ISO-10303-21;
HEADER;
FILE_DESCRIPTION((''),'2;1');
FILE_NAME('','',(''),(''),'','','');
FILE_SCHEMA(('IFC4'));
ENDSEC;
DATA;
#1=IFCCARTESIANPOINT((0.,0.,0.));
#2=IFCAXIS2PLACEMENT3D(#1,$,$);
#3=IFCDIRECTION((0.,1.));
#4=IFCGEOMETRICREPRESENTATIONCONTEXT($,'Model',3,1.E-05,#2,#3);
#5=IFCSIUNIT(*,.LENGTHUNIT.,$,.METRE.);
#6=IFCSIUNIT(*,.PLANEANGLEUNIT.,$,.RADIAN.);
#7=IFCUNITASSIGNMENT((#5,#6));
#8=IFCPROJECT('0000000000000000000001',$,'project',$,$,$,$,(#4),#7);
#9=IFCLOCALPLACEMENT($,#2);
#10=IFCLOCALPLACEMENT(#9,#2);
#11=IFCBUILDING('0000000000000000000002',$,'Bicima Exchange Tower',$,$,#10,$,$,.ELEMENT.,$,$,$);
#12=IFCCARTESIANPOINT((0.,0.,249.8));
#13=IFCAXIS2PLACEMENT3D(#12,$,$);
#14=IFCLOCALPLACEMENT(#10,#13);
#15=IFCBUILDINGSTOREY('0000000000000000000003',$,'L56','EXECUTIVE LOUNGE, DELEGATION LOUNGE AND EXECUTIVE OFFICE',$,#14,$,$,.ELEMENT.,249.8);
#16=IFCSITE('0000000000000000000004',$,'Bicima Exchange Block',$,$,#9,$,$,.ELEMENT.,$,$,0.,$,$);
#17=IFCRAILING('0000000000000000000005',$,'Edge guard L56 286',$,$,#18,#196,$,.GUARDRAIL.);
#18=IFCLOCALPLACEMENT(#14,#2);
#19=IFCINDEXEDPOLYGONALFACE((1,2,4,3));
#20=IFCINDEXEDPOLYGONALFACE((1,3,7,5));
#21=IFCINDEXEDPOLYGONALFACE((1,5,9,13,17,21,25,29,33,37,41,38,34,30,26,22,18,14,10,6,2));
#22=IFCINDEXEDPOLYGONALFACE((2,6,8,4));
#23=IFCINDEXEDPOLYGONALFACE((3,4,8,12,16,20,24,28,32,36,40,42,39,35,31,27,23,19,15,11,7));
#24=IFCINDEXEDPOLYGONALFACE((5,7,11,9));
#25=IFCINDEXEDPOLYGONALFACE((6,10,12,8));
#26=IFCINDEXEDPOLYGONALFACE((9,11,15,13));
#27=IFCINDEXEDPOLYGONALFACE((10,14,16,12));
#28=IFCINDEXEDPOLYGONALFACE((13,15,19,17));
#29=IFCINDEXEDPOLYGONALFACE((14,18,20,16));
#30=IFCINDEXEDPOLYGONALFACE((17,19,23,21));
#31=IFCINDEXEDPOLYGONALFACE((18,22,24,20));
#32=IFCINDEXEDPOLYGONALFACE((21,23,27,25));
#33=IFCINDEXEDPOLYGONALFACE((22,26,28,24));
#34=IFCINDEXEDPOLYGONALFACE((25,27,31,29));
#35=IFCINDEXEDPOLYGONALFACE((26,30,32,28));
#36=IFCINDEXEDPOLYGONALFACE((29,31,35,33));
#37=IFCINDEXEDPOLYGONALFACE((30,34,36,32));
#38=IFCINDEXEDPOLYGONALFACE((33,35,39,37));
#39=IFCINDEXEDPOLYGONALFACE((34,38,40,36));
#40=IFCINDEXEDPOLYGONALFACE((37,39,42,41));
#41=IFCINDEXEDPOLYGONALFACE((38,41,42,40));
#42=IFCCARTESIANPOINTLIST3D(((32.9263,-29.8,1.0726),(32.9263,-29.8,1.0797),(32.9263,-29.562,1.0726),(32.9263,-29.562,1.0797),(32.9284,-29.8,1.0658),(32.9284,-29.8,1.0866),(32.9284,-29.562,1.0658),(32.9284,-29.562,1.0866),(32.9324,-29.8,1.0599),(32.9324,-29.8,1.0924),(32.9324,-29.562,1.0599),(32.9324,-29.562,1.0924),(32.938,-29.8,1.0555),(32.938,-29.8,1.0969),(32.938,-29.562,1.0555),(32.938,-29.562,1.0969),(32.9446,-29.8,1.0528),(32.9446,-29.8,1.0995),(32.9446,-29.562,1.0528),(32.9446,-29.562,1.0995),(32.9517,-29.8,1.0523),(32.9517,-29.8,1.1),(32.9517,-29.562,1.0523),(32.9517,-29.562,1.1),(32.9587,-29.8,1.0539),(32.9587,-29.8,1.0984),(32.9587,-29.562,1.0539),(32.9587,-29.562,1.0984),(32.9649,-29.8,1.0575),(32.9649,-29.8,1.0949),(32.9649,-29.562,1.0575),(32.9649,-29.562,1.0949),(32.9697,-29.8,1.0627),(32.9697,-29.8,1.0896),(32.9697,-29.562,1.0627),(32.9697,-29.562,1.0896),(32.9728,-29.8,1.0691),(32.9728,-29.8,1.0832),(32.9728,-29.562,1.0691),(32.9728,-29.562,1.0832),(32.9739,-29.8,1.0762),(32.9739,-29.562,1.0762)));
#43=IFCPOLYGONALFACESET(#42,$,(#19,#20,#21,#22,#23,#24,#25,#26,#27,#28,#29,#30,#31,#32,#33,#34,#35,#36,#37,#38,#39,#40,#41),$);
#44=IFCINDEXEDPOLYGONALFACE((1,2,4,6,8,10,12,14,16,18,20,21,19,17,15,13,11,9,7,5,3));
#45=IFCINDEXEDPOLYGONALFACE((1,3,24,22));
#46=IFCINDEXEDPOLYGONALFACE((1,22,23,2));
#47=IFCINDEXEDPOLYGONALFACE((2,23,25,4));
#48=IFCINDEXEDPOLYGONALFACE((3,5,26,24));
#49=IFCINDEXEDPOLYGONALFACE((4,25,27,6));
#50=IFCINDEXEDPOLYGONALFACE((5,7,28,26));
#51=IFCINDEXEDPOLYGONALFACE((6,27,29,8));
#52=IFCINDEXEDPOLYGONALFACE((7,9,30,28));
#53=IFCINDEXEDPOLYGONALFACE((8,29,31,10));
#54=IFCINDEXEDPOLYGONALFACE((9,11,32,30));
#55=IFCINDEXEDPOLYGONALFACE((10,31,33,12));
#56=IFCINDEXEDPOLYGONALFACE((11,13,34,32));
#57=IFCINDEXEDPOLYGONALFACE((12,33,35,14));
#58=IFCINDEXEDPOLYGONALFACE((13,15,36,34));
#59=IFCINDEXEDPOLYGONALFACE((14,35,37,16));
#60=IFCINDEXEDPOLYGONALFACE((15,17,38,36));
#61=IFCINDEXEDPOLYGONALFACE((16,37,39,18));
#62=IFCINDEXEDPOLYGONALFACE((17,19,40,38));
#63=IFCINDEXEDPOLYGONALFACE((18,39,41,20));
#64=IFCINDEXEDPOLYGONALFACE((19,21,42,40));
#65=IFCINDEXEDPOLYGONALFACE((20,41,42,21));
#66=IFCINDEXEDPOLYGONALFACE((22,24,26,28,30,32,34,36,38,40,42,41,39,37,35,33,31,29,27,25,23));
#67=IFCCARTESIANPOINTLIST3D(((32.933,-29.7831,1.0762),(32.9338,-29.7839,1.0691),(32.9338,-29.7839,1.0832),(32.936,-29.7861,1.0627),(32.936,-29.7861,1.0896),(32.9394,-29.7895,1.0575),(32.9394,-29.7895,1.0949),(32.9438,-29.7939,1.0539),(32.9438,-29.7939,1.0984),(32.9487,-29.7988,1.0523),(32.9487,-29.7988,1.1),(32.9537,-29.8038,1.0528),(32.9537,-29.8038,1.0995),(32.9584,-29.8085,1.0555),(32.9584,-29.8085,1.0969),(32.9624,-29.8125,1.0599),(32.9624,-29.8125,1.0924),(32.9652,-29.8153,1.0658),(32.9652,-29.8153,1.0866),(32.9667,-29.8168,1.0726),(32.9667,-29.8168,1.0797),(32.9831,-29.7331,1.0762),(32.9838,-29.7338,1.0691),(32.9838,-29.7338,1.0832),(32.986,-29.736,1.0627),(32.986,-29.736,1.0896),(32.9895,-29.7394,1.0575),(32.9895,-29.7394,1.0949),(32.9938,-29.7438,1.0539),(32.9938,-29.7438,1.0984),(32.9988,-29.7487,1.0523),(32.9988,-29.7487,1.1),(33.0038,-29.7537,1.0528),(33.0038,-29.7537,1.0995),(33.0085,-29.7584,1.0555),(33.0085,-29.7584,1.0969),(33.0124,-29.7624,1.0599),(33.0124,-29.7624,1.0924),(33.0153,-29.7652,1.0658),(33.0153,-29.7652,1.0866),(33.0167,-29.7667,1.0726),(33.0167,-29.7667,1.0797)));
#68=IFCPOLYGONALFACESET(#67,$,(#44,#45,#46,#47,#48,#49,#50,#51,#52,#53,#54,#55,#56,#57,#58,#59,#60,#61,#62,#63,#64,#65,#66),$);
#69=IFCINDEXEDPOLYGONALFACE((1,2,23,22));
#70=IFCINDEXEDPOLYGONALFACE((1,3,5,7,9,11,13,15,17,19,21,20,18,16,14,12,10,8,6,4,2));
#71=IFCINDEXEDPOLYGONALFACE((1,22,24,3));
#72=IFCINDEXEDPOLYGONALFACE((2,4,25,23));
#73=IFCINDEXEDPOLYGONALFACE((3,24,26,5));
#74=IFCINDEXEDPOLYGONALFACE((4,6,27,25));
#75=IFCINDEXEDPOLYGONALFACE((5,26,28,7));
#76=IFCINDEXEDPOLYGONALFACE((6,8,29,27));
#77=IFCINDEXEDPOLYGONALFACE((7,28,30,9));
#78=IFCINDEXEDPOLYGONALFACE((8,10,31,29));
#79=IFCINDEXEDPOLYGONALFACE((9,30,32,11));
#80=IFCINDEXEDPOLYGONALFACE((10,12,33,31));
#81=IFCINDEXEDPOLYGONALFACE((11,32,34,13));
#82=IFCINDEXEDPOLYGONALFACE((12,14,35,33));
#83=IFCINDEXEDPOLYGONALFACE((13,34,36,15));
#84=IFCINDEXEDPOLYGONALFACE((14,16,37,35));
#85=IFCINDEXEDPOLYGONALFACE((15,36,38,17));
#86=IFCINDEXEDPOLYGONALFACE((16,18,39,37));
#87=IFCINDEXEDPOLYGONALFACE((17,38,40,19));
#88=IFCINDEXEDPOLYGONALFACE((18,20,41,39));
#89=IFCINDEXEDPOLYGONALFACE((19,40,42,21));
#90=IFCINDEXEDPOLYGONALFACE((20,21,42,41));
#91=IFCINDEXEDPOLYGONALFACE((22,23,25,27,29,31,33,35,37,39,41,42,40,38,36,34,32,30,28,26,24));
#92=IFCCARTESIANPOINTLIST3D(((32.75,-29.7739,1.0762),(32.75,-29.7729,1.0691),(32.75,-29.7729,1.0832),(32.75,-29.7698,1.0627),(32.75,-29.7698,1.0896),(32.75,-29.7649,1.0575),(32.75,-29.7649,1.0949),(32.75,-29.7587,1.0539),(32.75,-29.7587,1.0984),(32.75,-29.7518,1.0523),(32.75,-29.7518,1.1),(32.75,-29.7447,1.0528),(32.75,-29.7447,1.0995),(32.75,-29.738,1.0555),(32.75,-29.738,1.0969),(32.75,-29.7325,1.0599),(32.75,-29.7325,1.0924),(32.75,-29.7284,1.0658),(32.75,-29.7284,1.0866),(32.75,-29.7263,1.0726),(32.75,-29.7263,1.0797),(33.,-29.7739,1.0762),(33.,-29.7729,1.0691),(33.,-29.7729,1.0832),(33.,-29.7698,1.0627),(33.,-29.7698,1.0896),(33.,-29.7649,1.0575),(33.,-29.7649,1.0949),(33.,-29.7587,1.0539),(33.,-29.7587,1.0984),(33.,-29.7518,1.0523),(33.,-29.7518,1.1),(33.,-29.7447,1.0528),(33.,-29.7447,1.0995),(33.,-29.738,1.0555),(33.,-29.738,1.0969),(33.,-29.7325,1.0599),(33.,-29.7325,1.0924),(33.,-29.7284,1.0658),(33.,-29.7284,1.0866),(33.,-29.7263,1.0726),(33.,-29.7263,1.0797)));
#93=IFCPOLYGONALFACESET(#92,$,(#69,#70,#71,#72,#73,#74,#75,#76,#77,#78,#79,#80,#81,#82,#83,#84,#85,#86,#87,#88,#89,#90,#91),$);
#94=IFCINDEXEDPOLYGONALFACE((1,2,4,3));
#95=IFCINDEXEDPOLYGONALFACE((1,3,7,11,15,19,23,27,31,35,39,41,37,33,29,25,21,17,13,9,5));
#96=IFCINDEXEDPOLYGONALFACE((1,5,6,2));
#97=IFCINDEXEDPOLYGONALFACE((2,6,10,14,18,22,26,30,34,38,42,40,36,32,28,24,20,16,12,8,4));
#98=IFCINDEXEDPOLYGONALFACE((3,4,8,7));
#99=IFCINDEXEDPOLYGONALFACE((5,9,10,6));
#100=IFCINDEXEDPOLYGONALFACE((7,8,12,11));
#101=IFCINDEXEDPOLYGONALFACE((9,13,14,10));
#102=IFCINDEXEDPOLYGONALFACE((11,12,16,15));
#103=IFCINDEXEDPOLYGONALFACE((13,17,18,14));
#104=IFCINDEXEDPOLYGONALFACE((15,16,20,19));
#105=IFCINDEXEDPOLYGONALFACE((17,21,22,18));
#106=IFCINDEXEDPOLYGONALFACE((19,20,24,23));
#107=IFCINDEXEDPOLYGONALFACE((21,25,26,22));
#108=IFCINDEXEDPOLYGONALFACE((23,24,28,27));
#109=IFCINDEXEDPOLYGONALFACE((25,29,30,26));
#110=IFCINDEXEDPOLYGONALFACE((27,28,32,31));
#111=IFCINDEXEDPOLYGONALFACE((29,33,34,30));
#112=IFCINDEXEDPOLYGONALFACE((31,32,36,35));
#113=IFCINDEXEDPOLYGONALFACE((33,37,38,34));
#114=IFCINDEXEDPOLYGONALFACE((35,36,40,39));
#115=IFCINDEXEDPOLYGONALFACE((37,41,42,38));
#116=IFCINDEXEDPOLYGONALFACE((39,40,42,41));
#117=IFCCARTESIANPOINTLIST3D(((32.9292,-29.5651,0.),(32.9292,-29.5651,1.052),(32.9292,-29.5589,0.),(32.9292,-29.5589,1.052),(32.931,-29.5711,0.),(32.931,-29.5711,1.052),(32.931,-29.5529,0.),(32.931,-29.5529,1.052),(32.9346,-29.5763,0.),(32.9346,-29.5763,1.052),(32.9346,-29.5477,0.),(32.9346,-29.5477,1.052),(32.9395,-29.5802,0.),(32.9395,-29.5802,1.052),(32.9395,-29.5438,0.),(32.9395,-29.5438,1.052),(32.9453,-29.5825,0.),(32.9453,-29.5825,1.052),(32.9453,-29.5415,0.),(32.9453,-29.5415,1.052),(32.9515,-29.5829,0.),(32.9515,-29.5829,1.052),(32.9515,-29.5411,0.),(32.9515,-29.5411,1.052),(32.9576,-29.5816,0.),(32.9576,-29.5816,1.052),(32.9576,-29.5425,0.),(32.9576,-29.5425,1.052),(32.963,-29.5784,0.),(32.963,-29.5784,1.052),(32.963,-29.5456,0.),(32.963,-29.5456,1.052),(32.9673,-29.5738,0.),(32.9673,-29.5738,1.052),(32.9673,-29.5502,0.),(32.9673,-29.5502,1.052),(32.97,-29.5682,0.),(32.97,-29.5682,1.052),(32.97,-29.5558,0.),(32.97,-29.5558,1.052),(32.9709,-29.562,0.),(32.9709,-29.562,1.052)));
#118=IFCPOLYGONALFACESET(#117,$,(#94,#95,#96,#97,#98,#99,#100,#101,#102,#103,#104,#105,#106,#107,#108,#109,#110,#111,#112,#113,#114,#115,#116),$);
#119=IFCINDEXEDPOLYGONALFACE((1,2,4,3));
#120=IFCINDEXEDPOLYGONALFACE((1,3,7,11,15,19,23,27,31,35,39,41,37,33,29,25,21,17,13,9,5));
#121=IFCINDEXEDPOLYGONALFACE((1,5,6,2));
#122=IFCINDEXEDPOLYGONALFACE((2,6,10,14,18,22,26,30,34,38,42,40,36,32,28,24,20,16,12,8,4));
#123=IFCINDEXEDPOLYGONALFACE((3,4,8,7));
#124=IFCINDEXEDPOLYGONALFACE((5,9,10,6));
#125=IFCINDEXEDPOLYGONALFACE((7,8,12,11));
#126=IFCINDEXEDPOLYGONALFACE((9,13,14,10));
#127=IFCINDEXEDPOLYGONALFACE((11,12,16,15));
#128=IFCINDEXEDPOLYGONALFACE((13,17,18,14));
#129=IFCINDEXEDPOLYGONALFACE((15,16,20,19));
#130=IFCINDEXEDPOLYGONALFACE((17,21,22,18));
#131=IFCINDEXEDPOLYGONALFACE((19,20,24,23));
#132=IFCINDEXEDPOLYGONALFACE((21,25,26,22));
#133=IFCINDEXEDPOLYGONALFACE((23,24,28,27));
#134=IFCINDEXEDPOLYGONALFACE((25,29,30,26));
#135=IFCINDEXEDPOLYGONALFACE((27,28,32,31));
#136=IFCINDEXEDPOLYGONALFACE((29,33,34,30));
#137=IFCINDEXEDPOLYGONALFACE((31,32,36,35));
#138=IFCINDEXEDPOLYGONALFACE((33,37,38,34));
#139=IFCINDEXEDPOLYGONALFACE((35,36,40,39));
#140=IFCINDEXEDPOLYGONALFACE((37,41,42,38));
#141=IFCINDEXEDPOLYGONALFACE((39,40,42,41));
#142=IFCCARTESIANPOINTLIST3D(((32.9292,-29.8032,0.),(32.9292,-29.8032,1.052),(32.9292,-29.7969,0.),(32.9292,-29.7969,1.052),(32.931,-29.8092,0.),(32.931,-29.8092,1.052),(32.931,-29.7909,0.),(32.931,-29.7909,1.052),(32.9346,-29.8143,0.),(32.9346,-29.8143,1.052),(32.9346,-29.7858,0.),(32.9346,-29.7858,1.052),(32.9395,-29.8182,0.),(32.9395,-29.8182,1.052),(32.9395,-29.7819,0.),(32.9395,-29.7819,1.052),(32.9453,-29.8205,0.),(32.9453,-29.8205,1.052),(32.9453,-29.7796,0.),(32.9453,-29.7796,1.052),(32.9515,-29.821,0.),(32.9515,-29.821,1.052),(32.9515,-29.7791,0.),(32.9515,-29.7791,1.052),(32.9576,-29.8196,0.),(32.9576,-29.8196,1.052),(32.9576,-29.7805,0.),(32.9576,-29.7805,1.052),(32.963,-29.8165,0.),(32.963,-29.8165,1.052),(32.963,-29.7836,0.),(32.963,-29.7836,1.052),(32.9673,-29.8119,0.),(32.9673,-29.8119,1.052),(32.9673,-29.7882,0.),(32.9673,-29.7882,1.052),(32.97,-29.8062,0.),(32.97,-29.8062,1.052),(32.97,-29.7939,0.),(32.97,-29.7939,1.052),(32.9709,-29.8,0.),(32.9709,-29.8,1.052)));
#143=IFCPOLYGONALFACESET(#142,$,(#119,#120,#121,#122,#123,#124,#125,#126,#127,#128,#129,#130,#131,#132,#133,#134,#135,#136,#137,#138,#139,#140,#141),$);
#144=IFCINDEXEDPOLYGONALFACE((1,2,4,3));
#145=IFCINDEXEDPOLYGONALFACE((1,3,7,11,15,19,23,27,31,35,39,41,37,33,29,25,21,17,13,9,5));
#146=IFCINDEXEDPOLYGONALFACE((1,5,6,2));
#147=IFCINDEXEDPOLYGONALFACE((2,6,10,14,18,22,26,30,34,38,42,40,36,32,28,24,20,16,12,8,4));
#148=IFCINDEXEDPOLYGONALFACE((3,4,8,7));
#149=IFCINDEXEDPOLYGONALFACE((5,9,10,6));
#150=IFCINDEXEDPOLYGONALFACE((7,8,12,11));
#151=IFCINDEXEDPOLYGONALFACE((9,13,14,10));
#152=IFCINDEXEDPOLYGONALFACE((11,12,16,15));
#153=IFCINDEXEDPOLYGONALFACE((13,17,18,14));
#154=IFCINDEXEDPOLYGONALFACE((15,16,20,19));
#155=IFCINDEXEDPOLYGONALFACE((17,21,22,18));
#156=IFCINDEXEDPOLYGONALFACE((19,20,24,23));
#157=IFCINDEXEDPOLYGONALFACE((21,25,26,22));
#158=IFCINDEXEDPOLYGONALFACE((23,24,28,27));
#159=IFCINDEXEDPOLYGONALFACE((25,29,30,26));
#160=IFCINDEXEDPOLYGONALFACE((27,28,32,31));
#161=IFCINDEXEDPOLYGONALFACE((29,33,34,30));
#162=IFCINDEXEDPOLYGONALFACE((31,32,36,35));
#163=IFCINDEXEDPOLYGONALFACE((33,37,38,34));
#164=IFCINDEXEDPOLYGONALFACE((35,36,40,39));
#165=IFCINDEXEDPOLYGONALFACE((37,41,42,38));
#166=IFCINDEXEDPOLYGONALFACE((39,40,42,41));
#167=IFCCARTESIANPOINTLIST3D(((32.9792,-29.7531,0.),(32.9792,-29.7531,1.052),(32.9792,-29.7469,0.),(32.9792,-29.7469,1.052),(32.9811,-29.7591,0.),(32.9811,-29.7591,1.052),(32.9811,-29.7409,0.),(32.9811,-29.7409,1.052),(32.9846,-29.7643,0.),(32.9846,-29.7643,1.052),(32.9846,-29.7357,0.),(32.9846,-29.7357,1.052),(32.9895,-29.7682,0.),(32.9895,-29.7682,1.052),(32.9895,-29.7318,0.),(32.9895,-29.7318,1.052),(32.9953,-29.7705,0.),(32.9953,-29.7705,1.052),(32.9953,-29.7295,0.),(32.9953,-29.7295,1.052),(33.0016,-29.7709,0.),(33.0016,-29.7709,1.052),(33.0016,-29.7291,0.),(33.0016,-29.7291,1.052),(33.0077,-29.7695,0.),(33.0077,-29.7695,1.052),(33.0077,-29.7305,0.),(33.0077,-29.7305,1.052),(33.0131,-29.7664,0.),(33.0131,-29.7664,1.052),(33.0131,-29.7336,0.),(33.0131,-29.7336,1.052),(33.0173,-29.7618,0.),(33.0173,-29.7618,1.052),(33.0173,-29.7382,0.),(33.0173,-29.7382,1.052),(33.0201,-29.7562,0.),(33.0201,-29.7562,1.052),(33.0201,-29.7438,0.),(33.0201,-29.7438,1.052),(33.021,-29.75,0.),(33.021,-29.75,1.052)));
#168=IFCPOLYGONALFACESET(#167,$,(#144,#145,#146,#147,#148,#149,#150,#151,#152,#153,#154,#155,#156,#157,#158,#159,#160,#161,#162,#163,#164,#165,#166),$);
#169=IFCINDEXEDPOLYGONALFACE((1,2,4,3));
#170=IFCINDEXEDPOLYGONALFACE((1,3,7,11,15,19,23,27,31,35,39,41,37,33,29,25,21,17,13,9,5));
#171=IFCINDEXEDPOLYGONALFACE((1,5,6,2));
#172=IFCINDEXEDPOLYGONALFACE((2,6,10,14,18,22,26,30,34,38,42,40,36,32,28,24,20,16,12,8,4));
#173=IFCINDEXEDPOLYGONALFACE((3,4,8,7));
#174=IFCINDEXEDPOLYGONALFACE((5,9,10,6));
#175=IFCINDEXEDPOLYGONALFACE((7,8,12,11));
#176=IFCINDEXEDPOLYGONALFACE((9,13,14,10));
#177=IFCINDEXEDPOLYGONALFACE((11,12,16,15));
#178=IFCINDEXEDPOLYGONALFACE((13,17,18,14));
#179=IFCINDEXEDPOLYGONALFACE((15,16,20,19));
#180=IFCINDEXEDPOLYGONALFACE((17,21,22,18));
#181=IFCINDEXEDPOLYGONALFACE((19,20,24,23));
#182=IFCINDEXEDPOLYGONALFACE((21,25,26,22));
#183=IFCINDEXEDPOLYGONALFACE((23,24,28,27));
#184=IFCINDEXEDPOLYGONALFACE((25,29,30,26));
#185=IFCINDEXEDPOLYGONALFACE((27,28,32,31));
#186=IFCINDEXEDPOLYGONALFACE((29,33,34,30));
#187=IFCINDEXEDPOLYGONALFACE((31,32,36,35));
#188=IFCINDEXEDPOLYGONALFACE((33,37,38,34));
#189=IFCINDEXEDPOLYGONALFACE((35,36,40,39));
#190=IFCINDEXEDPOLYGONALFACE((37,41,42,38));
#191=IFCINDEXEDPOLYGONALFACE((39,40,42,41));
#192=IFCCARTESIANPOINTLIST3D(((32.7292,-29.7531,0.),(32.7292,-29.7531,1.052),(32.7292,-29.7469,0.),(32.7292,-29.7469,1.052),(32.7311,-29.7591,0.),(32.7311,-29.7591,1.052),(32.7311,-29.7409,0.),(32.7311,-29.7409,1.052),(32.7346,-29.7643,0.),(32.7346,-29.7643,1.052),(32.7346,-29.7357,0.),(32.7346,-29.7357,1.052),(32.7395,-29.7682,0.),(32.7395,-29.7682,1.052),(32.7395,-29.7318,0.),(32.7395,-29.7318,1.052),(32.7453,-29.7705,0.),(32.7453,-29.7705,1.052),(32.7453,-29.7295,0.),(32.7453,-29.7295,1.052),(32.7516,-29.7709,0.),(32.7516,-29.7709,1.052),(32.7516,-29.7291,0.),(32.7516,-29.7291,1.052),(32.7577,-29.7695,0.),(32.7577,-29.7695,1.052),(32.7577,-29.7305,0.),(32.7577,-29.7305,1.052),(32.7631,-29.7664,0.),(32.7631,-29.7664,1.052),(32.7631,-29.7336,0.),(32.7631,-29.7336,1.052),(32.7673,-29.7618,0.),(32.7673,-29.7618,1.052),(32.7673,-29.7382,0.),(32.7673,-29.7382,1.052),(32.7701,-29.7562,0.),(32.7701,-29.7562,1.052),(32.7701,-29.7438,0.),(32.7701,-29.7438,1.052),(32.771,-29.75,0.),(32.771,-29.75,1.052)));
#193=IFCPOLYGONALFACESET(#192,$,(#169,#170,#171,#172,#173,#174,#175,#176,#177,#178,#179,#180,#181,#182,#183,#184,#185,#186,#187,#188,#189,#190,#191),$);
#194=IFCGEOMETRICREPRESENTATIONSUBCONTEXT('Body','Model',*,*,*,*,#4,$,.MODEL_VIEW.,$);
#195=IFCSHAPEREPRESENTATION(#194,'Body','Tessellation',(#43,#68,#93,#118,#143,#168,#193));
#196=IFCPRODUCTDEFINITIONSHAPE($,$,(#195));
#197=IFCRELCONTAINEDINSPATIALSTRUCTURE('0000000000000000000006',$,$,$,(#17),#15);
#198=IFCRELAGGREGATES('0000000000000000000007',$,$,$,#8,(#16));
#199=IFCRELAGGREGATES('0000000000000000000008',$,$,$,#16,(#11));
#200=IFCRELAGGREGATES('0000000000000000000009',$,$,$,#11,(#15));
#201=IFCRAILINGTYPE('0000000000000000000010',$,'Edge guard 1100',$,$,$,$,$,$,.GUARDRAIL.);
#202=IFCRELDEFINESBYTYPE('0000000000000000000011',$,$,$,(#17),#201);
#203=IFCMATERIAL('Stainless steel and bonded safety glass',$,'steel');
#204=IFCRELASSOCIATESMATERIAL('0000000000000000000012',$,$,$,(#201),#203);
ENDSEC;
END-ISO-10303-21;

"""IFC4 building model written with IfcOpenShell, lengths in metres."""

from ifc_helpers import new_model, si_unit, direction, frame, origin, origin_2d, place, context, subcontext, project, spatial, circle, extrude, material, type_object, element, save


model = new_model("IFC4")

# Units and contexts
model_context = context("Model", 3, precision=1e-05, world=origin(), true_north=direction((0.0, 1.0)))
body_context = subcontext(model_context, "Body", "Model", "MODEL_VIEW")
ifc_project = project(units=[si_unit("LENGTHUNIT", "METRE"), si_unit("PLANEANGLEUNIT", "RADIAN")], contexts=[model_context])

# Site, building, storey
site_placement = place(None, origin())
site = spatial("IfcSite", under=ifc_project, at=site_placement, Name="Bicima Exchange Block", CompositionType="ELEMENT", RefElevation=0.0)
building_placement = place(site_placement, origin())
building = spatial("IfcBuilding", under=site, at=building_placement, Name="Bicima Exchange Tower", CompositionType="ELEMENT")
storey_placement = place(building_placement, frame((0.0, 0.0, 249.8)))
storey = spatial("IfcBuildingStorey", under=building, at=storey_placement, Name="L56", Description="EXECUTIVE LOUNGE, DELEGATION LOUNGE AND EXECUTIVE OFFICE", CompositionType="ELEMENT", Elevation=249.8)

# Railing
ifc_material_1 = material(Name="Stainless steel and bonded safety glass", Category="steel")
railing_type = type_object("IfcRailingType", Name="Edge guard 1100", PredefinedType="GUARDRAIL", material=ifc_material_1)
railing_1_placement = place(storey_placement, frame((32.95, -29.562, 0.0)))
element("IfcRailing", 1, at=railing_1_placement, inside=storey, type_object=railing_type, Name="Edge guard L56 286", PredefinedType="GUARDRAIL", context=body_context, shape_type="SweptSolid", body=[
    extrude(circle(Radius=0.0239, at=origin_2d()), frame((0.0, 0.0, 1.0762), z_axis=(0.0, -1.0, 0.0), x_axis=(1.0, 0.0, 0.0)), (0.0, 0.0, 1.0), 0.238),
    extrude(circle(Radius=0.0239, at=origin_2d()), frame((0.0, -0.238, 1.0762), z_axis=(0.707107, 0.707107, 0.0), x_axis=(-0.707107, 0.707107, 0.0)), (0.0, 0.0, 1.0), 0.0708),
    extrude(circle(Radius=0.0239, at=origin_2d()), frame((0.05, -0.188, 1.0762), z_axis=(-1.0, 0.0, 0.0), x_axis=(0.0, -1.0, 0.0)), (0.0, 0.0, 1.0), 0.25),
    extrude(circle(Radius=0.021, at=origin_2d()), origin(), (0.0, 0.0, 1.0), 1.052),
    extrude(circle(Radius=0.021, at=origin_2d()), frame((0.0, -0.238, 0.0)), (0.0, 0.0, 1.0), 1.052),
    extrude(circle(Radius=0.021, at=origin_2d()), frame((0.05, -0.188, 0.0)), (0.0, 0.0, 1.0), 1.052),
    extrude(circle(Radius=0.021, at=origin_2d()), frame((-0.2, -0.188, 0.0)), (0.0, 0.0, 1.0), 1.052),
])

save(model, "model.ifc")
